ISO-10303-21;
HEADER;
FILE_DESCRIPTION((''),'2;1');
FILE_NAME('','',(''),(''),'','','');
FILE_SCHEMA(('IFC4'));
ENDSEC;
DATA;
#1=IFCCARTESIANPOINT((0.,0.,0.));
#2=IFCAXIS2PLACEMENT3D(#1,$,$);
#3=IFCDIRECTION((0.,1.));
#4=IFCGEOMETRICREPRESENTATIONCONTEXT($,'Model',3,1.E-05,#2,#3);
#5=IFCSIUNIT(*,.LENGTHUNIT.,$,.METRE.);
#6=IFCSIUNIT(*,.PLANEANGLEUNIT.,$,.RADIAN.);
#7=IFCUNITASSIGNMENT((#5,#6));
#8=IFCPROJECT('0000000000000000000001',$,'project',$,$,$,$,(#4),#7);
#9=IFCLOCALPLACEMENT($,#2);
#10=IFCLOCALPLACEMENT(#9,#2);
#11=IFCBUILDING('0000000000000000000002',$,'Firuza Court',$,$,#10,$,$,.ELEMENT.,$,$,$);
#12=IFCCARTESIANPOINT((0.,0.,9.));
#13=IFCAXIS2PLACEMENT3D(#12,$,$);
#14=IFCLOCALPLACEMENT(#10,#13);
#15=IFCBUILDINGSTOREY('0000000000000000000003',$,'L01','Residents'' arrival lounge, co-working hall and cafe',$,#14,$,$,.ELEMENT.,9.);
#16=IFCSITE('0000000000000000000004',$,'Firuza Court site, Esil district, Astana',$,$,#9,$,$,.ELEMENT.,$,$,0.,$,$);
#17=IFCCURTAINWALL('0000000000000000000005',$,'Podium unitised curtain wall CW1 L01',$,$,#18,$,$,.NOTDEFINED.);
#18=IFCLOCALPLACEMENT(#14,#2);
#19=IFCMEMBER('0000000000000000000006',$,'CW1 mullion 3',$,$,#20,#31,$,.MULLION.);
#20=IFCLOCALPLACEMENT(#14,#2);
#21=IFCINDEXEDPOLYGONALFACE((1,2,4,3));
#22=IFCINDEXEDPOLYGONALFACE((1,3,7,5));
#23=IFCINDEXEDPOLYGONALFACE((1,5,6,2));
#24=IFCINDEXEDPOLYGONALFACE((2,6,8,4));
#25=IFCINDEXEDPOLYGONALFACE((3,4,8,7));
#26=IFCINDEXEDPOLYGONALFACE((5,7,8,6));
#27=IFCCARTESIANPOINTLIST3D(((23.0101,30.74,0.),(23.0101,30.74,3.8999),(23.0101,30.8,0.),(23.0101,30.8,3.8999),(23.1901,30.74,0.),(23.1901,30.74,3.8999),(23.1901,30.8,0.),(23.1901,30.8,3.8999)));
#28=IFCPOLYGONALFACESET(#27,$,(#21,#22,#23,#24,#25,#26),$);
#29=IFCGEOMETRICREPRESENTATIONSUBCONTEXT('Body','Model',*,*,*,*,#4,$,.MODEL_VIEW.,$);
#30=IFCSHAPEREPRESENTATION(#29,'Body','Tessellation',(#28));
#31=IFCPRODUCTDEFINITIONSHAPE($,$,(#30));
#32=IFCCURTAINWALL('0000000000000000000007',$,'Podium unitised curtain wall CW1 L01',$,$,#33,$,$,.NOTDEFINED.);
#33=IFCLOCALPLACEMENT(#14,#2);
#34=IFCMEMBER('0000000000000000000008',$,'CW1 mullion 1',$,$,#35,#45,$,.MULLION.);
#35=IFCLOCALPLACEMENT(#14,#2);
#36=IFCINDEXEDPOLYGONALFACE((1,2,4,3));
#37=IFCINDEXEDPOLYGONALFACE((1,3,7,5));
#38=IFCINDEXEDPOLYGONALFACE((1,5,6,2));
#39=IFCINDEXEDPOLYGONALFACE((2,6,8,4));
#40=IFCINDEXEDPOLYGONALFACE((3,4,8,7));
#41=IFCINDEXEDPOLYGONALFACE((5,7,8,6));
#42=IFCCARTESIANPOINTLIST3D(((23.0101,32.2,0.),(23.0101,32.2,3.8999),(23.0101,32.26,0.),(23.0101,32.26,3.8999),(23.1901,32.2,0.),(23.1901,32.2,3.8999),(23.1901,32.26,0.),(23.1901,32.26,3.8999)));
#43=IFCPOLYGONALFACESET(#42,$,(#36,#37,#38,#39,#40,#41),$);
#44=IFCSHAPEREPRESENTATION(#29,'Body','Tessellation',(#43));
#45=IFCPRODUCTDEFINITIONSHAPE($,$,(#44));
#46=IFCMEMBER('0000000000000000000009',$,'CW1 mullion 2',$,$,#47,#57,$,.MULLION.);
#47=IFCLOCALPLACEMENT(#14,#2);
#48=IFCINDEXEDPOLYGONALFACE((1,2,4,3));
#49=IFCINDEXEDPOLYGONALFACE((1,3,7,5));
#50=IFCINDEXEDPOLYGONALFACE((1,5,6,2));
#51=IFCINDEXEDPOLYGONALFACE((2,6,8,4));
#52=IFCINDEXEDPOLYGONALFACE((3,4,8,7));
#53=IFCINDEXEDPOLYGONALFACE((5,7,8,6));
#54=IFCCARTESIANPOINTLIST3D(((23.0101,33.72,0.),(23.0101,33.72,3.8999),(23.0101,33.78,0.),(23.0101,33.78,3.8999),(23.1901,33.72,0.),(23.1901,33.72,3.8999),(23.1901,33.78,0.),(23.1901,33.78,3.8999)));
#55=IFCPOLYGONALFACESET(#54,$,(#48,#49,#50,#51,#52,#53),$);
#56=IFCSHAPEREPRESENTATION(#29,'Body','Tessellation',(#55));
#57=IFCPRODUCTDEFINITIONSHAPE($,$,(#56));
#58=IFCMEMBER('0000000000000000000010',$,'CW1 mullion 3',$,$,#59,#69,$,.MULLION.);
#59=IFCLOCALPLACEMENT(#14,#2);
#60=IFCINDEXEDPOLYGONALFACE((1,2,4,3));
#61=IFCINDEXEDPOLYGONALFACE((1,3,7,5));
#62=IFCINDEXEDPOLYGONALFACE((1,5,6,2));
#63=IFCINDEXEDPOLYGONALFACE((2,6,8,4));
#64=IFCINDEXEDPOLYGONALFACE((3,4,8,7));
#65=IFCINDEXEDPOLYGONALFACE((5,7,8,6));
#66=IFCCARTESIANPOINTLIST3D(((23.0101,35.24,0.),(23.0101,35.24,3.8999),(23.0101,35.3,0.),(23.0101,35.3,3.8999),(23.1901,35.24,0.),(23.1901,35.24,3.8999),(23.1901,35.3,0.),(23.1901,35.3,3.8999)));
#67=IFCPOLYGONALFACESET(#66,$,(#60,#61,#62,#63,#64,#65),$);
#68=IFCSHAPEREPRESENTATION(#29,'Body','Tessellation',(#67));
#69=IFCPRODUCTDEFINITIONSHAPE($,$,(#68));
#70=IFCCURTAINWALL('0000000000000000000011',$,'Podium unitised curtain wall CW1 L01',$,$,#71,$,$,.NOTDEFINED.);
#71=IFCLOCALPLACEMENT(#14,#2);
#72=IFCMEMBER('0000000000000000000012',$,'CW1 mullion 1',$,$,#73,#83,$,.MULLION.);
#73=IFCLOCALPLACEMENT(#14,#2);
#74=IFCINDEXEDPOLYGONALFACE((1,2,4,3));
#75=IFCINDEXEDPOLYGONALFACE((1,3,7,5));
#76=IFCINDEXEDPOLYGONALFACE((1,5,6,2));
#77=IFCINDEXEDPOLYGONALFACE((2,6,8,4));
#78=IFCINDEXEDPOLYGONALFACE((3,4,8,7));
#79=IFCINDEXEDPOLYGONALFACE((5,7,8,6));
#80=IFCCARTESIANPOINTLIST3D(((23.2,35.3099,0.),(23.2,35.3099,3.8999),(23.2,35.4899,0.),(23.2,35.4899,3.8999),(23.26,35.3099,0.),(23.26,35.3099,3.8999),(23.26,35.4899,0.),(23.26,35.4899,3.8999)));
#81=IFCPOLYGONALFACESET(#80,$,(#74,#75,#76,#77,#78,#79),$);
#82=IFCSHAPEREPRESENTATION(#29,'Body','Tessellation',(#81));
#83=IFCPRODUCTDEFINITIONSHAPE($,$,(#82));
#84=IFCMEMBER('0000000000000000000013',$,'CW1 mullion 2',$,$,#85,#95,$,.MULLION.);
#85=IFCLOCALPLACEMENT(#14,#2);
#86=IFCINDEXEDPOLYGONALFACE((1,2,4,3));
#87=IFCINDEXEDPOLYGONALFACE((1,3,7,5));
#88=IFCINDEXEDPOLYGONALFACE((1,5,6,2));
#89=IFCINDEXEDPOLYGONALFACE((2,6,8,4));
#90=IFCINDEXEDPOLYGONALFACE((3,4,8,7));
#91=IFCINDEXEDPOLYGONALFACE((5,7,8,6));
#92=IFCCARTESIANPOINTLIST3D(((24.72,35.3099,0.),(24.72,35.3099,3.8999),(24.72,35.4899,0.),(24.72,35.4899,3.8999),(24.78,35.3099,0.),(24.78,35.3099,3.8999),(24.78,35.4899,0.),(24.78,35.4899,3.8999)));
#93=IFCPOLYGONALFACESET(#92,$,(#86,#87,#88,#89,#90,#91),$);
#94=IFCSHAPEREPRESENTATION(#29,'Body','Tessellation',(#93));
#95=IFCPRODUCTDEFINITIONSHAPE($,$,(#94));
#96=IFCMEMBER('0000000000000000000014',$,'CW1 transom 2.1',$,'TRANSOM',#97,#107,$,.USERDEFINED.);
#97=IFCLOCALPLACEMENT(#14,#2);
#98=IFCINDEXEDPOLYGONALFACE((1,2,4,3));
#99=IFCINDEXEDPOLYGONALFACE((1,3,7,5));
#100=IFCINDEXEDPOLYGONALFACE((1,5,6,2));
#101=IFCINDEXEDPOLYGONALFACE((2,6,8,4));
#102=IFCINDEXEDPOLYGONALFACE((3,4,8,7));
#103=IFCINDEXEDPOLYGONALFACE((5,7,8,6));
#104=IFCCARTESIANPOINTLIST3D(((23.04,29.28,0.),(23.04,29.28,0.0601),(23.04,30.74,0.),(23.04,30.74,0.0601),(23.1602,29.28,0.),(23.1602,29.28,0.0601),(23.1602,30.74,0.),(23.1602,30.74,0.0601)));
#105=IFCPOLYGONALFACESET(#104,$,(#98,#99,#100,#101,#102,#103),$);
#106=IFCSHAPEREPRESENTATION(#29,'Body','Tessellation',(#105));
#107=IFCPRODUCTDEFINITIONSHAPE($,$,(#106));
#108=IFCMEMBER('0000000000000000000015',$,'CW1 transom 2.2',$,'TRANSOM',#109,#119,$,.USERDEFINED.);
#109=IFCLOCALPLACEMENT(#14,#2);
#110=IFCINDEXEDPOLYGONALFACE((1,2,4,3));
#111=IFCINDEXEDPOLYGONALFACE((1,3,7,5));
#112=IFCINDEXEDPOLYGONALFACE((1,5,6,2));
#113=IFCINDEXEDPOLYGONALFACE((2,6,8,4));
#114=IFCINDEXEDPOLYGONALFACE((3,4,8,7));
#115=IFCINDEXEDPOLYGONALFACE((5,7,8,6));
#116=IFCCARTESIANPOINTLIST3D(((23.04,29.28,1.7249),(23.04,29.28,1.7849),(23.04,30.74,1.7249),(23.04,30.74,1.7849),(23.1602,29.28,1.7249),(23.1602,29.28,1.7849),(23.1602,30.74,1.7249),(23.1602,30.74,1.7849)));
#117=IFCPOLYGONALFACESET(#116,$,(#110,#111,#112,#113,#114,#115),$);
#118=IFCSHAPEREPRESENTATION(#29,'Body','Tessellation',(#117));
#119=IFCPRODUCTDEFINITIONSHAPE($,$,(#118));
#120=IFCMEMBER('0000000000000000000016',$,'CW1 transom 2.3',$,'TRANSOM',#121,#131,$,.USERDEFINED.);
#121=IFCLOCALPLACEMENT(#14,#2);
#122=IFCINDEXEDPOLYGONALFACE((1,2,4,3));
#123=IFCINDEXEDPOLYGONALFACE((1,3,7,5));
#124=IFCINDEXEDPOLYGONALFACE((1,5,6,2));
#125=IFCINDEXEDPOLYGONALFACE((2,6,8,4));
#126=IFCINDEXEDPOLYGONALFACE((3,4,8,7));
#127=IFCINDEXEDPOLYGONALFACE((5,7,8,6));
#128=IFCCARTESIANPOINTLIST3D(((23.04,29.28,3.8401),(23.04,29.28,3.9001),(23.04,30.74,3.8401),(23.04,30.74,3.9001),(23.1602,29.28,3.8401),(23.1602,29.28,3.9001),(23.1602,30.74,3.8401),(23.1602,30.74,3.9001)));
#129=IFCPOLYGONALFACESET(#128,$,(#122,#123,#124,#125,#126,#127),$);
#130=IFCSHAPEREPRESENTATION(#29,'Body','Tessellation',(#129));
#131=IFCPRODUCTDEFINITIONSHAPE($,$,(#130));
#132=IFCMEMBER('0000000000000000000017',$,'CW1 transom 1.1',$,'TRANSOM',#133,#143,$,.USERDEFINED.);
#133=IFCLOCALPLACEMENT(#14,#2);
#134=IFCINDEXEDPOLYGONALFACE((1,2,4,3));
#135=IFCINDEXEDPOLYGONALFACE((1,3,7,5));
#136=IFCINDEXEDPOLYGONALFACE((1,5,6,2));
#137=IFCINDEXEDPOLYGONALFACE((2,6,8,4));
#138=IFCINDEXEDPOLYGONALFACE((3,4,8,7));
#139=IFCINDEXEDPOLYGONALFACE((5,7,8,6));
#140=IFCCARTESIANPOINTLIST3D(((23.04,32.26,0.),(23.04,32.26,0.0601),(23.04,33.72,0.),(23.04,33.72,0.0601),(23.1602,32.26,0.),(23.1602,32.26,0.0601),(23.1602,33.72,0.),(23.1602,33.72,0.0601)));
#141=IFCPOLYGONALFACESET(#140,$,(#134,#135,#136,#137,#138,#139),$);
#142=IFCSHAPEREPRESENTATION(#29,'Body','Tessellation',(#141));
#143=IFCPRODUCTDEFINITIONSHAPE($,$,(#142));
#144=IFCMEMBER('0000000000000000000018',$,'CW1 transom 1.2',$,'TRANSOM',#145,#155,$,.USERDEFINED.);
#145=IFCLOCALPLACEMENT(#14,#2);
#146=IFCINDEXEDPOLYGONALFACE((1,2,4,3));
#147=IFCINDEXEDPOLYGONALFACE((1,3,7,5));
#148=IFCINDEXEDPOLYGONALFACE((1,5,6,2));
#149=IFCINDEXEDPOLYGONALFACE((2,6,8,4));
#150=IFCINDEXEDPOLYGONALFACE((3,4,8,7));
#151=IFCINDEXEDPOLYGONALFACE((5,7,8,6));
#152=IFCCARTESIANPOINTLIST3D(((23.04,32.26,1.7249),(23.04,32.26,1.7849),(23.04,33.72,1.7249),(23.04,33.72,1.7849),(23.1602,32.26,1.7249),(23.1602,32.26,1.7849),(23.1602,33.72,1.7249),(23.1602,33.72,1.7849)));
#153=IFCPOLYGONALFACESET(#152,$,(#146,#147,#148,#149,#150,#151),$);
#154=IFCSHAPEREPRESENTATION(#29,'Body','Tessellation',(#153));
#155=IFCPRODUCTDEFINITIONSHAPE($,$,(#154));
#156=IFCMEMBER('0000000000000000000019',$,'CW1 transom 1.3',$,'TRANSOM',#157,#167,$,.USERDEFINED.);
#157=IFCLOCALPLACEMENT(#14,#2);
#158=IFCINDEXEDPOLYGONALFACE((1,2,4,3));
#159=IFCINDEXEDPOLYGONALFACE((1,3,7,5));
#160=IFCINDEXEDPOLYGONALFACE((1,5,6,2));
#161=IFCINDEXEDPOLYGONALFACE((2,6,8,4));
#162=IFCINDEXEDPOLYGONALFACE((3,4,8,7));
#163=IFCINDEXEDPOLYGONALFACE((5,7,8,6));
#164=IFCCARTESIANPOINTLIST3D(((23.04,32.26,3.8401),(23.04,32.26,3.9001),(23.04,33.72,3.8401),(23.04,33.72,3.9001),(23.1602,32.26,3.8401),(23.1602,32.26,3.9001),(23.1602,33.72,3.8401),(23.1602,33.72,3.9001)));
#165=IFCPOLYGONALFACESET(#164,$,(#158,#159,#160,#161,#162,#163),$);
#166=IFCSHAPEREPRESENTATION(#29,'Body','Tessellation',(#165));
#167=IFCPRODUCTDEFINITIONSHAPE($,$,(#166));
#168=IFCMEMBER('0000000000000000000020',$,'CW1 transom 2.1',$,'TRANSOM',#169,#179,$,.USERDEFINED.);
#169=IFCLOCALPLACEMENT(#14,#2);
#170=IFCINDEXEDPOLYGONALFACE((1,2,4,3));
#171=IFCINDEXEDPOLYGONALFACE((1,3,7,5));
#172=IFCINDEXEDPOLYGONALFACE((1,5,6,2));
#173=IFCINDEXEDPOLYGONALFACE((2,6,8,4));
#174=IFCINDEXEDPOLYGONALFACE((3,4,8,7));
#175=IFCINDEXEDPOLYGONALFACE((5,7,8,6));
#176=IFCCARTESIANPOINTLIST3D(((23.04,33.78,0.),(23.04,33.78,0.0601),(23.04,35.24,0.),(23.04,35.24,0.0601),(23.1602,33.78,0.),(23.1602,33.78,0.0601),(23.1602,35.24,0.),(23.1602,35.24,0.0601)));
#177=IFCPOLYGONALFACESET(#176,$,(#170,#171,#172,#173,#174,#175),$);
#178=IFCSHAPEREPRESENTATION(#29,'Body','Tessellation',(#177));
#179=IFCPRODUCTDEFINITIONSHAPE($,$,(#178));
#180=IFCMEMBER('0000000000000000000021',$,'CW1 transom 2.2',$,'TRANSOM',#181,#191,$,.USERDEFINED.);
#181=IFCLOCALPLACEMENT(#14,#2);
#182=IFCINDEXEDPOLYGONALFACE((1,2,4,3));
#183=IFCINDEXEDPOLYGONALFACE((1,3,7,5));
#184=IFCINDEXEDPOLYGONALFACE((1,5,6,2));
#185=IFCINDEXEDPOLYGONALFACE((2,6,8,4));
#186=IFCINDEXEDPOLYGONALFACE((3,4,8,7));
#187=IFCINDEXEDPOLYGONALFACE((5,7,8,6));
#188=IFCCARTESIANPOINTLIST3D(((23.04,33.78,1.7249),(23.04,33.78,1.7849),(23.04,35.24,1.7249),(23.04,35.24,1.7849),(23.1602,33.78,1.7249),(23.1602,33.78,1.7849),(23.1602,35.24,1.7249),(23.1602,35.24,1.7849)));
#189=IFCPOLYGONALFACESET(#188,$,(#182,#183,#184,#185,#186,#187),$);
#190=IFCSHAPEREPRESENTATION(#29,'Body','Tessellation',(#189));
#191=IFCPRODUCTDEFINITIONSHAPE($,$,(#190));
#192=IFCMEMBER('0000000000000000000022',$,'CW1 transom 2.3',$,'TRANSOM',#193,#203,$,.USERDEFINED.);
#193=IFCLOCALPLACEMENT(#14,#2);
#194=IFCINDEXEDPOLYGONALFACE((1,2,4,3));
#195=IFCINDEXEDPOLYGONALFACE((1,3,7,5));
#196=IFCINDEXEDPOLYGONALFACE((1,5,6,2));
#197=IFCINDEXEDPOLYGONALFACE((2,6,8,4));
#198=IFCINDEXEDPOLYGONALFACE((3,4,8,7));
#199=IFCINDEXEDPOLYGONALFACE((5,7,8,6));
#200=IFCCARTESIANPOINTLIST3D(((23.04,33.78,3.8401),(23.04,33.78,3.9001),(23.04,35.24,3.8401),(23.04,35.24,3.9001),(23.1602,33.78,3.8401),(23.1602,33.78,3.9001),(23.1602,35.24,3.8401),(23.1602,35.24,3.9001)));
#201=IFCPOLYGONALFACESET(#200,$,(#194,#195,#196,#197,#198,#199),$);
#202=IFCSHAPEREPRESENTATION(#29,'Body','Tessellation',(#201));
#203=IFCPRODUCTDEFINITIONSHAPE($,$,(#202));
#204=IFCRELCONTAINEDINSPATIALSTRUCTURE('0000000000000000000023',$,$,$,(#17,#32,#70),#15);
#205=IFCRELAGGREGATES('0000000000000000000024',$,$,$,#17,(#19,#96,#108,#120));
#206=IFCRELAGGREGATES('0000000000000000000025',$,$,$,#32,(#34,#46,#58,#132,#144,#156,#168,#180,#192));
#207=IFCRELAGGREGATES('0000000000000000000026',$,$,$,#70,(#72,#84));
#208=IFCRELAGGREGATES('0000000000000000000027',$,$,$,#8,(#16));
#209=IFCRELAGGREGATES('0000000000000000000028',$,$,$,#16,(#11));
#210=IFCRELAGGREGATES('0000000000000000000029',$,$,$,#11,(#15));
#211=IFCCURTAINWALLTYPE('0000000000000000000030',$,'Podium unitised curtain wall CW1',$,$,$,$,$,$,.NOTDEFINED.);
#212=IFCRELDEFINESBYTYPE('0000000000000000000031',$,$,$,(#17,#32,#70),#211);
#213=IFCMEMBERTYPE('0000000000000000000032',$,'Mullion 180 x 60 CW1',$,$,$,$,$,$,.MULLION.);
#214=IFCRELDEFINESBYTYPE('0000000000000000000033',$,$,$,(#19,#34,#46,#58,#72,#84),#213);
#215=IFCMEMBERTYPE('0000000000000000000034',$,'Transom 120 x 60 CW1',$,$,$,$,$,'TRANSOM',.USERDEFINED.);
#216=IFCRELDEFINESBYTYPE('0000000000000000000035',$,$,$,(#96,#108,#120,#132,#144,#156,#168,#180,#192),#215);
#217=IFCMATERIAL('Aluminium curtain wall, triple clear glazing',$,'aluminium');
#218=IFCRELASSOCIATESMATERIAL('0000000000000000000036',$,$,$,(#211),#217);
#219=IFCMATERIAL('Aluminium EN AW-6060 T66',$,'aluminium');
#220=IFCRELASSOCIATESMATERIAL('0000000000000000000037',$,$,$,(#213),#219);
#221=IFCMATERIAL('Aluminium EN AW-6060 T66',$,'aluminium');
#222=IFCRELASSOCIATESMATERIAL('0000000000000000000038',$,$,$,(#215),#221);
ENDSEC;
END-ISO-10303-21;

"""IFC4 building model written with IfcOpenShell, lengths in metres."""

from ifc_helpers import new_model, si_unit, direction, frame, origin, origin_2d, place, context, subcontext, project, spatial, rectangle, extrude, material, material_profile, profile_set, type_object, element, aggregate, save


model = new_model("IFC4")

# Units and contexts
model_context = context("Model", 3, precision=1e-05, world=origin(), true_north=direction((0.0, 1.0)))
body_context = subcontext(model_context, "Body", "Model", "MODEL_VIEW")
ifc_project = project(units=[si_unit("LENGTHUNIT", "METRE"), si_unit("PLANEANGLEUNIT", "RADIAN")], contexts=[model_context])

# Site, building, storey
site_placement = place(None, origin())
site = spatial("IfcSite", under=ifc_project, at=site_placement, Name="Firuza Court site, Esil district, Astana", CompositionType="ELEMENT", RefElevation=0.0)
building_placement = place(site_placement, origin())
building = spatial("IfcBuilding", under=site, at=building_placement, Name="Firuza Court", CompositionType="ELEMENT")
storey_placement = place(building_placement, frame((0.0, 0.0, 9.0)))
storey = spatial("IfcBuildingStorey", under=building, at=storey_placement, Name="L01", Description="Residents' arrival lounge, co-working hall and cafe", CompositionType="ELEMENT", Elevation=9.0)

# Curtain wall, member
ifc_material_1 = material(Name="Aluminium curtain wall, triple clear glazing", Category="aluminium")
curtain_wall_type = type_object("IfcCurtainWallType", Name="Podium unitised curtain wall CW1", PredefinedType="NOTDEFINED", material=ifc_material_1)
curtain_wall_1_placement = place(storey_placement, origin())
curtain_wall_1 = element("IfcCurtainWall", 1, at=curtain_wall_1_placement, inside=storey, type_object=curtain_wall_type, Name="Podium unitised curtain wall CW1 L01", PredefinedType="NOTDEFINED")
ifc_material_2 = material(Name="Aluminium EN AW-6060 T66", Category="aluminium")
ifc_material_profile_1 = material_profile(ifc_material_2, rectangle(XDim=0.1799, YDim=0.0601, at=origin_2d()), Name="Mullion 180 x 60 CW1")
ifc_profile_set_1 = profile_set([ifc_material_profile_1], Name="Aluminium EN AW-6060 T66")
member_type_1 = type_object("IfcMemberType", Name="Mullion 180 x 60 CW1", PredefinedType="MULLION", material=ifc_profile_set_1)
member_1_placement = place(storey_placement, frame((23.1001, 30.77, 0.0), z_axis=(0.0, 0.0, 1.0), x_axis=(-1.0, 0.0, 0.0)))
member_1 = element("IfcMember", 2, at=member_1_placement, type_object=member_type_1, Name="CW1 mullion 3", PredefinedType="MULLION", context=body_context, shape_type="SweptSolid", body=[
    extrude(rectangle(XDim=0.1799, YDim=0.0601, at=origin_2d()), origin(), (0.0, 0.0, 1.0), 3.8999),
])

# Curtain walls, members
curtain_wall_2_placement = place(storey_placement, origin())
curtain_wall_2 = element("IfcCurtainWall", 3, at=curtain_wall_2_placement, inside=storey, type_object=curtain_wall_type, Name="Podium unitised curtain wall CW1 L01", PredefinedType="NOTDEFINED")
member_2_placement = place(storey_placement, frame((23.1001, 32.23, 0.0), z_axis=(0.0, 0.0, 1.0), x_axis=(-1.0, 0.0, 0.0)))
member_2 = element("IfcMember", 4, at=member_2_placement, type_object=member_type_1, Name="CW1 mullion 1", PredefinedType="MULLION", context=body_context, shape_type="SweptSolid", body=[
    extrude(rectangle(XDim=0.1799, YDim=0.0601, at=origin_2d()), origin(), (0.0, 0.0, 1.0), 3.8999),
])
member_3_placement = place(storey_placement, frame((23.1001, 33.75, 0.0), z_axis=(0.0, 0.0, 1.0), x_axis=(-1.0, 0.0, 0.0)))
member_3 = element("IfcMember", 5, at=member_3_placement, type_object=member_type_1, Name="CW1 mullion 2", PredefinedType="MULLION", context=body_context, shape_type="SweptSolid", body=[
    extrude(rectangle(XDim=0.1799, YDim=0.0601, at=origin_2d()), origin(), (0.0, 0.0, 1.0), 3.8999),
])
member_4_placement = place(storey_placement, frame((23.1001, 35.27, 0.0), z_axis=(0.0, 0.0, 1.0), x_axis=(-1.0, 0.0, 0.0)))
member_4 = element("IfcMember", 6, at=member_4_placement, type_object=member_type_1, Name="CW1 mullion 3", PredefinedType="MULLION", context=body_context, shape_type="SweptSolid", body=[
    extrude(rectangle(XDim=0.1799, YDim=0.0601, at=origin_2d()), origin(), (0.0, 0.0, 1.0), 3.8999),
])
curtain_wall_3_placement = place(storey_placement, origin())
curtain_wall_3 = element("IfcCurtainWall", 7, at=curtain_wall_3_placement, inside=storey, type_object=curtain_wall_type, Name="Podium unitised curtain wall CW1 L01", PredefinedType="NOTDEFINED")
member_5_placement = place(storey_placement, frame((23.23, 35.3999, 0.0), z_axis=(0.0, 0.0, 1.0), x_axis=(0.0, 1.0, 0.0)))
member_5 = element("IfcMember", 8, at=member_5_placement, type_object=member_type_1, Name="CW1 mullion 1", PredefinedType="MULLION", context=body_context, shape_type="SweptSolid", body=[
    extrude(rectangle(XDim=0.1799, YDim=0.0601, at=origin_2d()), origin(), (0.0, 0.0, 1.0), 3.8999),
])
member_6_placement = place(storey_placement, frame((24.75, 35.3999, 0.0), z_axis=(0.0, 0.0, 1.0), x_axis=(0.0, 1.0, 0.0)))
member_6 = element("IfcMember", 9, at=member_6_placement, type_object=member_type_1, Name="CW1 mullion 2", PredefinedType="MULLION", context=body_context, shape_type="SweptSolid", body=[
    extrude(rectangle(XDim=0.1799, YDim=0.0601, at=origin_2d()), origin(), (0.0, 0.0, 1.0), 3.8999),
])

# Members
ifc_material_3 = material(Name="Aluminium EN AW-6060 T66", Category="aluminium")
ifc_material_profile_2 = material_profile(ifc_material_3, rectangle(XDim=0.1201, YDim=0.0601, at=origin_2d()), Name="Transom 120 x 60 CW1")
ifc_profile_set_2 = profile_set([ifc_material_profile_2], Name="Aluminium EN AW-6060 T66")
member_type_2 = type_object("IfcMemberType", Name="Transom 120 x 60 CW1", ElementType="TRANSOM", PredefinedType="USERDEFINED", material=ifc_profile_set_2)
member_7_placement = place(storey_placement, frame((23.1001, 29.28, 0.03), z_axis=(0.0, 1.0, 0.0), x_axis=(-1.0, 0.0, 0.0)))
member_7 = element("IfcMember", 10, at=member_7_placement, type_object=member_type_2, Name="CW1 transom 2.1", ObjectType="TRANSOM", PredefinedType="USERDEFINED", context=body_context, shape_type="SweptSolid", body=[
    extrude(rectangle(XDim=0.1201, YDim=0.0601, at=origin_2d()), origin(), (0.0, 0.0, 1.0), 1.46),
])
member_8_placement = place(storey_placement, frame((23.1001, 29.28, 1.7549), z_axis=(0.0, 1.0, 0.0), x_axis=(-1.0, 0.0, 0.0)))
member_8 = element("IfcMember", 11, at=member_8_placement, type_object=member_type_2, Name="CW1 transom 2.2", ObjectType="TRANSOM", PredefinedType="USERDEFINED", context=body_context, shape_type="SweptSolid", body=[
    extrude(rectangle(XDim=0.1201, YDim=0.0601, at=origin_2d()), origin(), (0.0, 0.0, 1.0), 1.46),
])
member_9_placement = place(storey_placement, frame((23.1001, 29.28, 3.8701), z_axis=(0.0, 1.0, 0.0), x_axis=(-1.0, 0.0, 0.0)))
member_9 = element("IfcMember", 12, at=member_9_placement, type_object=member_type_2, Name="CW1 transom 2.3", ObjectType="TRANSOM", PredefinedType="USERDEFINED", context=body_context, shape_type="SweptSolid", body=[
    extrude(rectangle(XDim=0.1201, YDim=0.0601, at=origin_2d()), origin(), (0.0, 0.0, 1.0), 1.46),
])
member_10_placement = place(storey_placement, frame((23.1001, 32.26, 0.03), z_axis=(0.0, 1.0, 0.0), x_axis=(-1.0, 0.0, 0.0)))
member_10 = element("IfcMember", 13, at=member_10_placement, type_object=member_type_2, Name="CW1 transom 1.1", ObjectType="TRANSOM", PredefinedType="USERDEFINED", context=body_context, shape_type="SweptSolid", body=[
    extrude(rectangle(XDim=0.1201, YDim=0.0601, at=origin_2d()), origin(), (0.0, 0.0, 1.0), 1.46),
])
member_11_placement = place(storey_placement, frame((23.1001, 32.26, 1.7549), z_axis=(0.0, 1.0, 0.0), x_axis=(-1.0, 0.0, 0.0)))
member_11 = element("IfcMember", 14, at=member_11_placement, type_object=member_type_2, Name="CW1 transom 1.2", ObjectType="TRANSOM", PredefinedType="USERDEFINED", context=body_context, shape_type="SweptSolid", body=[
    extrude(rectangle(XDim=0.1201, YDim=0.0601, at=origin_2d()), origin(), (0.0, 0.0, 1.0), 1.46),
])
member_12_placement = place(storey_placement, frame((23.1001, 32.26, 3.8701), z_axis=(0.0, 1.0, 0.0), x_axis=(-1.0, 0.0, 0.0)))
member_12 = element("IfcMember", 15, at=member_12_placement, type_object=member_type_2, Name="CW1 transom 1.3", ObjectType="TRANSOM", PredefinedType="USERDEFINED", context=body_context, shape_type="SweptSolid", body=[
    extrude(rectangle(XDim=0.1201, YDim=0.0601, at=origin_2d()), origin(), (0.0, 0.0, 1.0), 1.46),
])
member_13_placement = place(storey_placement, frame((23.1001, 33.78, 0.03), z_axis=(0.0, 1.0, 0.0), x_axis=(-1.0, 0.0, 0.0)))
member_13 = element("IfcMember", 16, at=member_13_placement, type_object=member_type_2, Name="CW1 transom 2.1", ObjectType="TRANSOM", PredefinedType="USERDEFINED", context=body_context, shape_type="SweptSolid", body=[
    extrude(rectangle(XDim=0.1201, YDim=0.0601, at=origin_2d()), origin(), (0.0, 0.0, 1.0), 1.46),
])
member_14_placement = place(storey_placement, frame((23.1001, 33.78, 1.7549), z_axis=(0.0, 1.0, 0.0), x_axis=(-1.0, 0.0, 0.0)))
member_14 = element("IfcMember", 17, at=member_14_placement, type_object=member_type_2, Name="CW1 transom 2.2", ObjectType="TRANSOM", PredefinedType="USERDEFINED", context=body_context, shape_type="SweptSolid", body=[
    extrude(rectangle(XDim=0.1201, YDim=0.0601, at=origin_2d()), origin(), (0.0, 0.0, 1.0), 1.46),
])
member_15_placement = place(storey_placement, frame((23.1001, 33.78, 3.8701), z_axis=(0.0, 1.0, 0.0), x_axis=(-1.0, 0.0, 0.0)))
member_15 = element("IfcMember", 18, at=member_15_placement, type_object=member_type_2, Name="CW1 transom 2.3", ObjectType="TRANSOM", PredefinedType="USERDEFINED", context=body_context, shape_type="SweptSolid", body=[
    extrude(rectangle(XDim=0.1201, YDim=0.0601, at=origin_2d()), origin(), (0.0, 0.0, 1.0), 1.46),
])

aggregate(curtain_wall_1, [member_1, member_7, member_8, member_9])
aggregate(curtain_wall_2, [member_2, member_3, member_4, member_10, member_11, member_12, member_13, member_14, member_15])
aggregate(curtain_wall_3, [member_5, member_6])

save(model, "model.ifc")
